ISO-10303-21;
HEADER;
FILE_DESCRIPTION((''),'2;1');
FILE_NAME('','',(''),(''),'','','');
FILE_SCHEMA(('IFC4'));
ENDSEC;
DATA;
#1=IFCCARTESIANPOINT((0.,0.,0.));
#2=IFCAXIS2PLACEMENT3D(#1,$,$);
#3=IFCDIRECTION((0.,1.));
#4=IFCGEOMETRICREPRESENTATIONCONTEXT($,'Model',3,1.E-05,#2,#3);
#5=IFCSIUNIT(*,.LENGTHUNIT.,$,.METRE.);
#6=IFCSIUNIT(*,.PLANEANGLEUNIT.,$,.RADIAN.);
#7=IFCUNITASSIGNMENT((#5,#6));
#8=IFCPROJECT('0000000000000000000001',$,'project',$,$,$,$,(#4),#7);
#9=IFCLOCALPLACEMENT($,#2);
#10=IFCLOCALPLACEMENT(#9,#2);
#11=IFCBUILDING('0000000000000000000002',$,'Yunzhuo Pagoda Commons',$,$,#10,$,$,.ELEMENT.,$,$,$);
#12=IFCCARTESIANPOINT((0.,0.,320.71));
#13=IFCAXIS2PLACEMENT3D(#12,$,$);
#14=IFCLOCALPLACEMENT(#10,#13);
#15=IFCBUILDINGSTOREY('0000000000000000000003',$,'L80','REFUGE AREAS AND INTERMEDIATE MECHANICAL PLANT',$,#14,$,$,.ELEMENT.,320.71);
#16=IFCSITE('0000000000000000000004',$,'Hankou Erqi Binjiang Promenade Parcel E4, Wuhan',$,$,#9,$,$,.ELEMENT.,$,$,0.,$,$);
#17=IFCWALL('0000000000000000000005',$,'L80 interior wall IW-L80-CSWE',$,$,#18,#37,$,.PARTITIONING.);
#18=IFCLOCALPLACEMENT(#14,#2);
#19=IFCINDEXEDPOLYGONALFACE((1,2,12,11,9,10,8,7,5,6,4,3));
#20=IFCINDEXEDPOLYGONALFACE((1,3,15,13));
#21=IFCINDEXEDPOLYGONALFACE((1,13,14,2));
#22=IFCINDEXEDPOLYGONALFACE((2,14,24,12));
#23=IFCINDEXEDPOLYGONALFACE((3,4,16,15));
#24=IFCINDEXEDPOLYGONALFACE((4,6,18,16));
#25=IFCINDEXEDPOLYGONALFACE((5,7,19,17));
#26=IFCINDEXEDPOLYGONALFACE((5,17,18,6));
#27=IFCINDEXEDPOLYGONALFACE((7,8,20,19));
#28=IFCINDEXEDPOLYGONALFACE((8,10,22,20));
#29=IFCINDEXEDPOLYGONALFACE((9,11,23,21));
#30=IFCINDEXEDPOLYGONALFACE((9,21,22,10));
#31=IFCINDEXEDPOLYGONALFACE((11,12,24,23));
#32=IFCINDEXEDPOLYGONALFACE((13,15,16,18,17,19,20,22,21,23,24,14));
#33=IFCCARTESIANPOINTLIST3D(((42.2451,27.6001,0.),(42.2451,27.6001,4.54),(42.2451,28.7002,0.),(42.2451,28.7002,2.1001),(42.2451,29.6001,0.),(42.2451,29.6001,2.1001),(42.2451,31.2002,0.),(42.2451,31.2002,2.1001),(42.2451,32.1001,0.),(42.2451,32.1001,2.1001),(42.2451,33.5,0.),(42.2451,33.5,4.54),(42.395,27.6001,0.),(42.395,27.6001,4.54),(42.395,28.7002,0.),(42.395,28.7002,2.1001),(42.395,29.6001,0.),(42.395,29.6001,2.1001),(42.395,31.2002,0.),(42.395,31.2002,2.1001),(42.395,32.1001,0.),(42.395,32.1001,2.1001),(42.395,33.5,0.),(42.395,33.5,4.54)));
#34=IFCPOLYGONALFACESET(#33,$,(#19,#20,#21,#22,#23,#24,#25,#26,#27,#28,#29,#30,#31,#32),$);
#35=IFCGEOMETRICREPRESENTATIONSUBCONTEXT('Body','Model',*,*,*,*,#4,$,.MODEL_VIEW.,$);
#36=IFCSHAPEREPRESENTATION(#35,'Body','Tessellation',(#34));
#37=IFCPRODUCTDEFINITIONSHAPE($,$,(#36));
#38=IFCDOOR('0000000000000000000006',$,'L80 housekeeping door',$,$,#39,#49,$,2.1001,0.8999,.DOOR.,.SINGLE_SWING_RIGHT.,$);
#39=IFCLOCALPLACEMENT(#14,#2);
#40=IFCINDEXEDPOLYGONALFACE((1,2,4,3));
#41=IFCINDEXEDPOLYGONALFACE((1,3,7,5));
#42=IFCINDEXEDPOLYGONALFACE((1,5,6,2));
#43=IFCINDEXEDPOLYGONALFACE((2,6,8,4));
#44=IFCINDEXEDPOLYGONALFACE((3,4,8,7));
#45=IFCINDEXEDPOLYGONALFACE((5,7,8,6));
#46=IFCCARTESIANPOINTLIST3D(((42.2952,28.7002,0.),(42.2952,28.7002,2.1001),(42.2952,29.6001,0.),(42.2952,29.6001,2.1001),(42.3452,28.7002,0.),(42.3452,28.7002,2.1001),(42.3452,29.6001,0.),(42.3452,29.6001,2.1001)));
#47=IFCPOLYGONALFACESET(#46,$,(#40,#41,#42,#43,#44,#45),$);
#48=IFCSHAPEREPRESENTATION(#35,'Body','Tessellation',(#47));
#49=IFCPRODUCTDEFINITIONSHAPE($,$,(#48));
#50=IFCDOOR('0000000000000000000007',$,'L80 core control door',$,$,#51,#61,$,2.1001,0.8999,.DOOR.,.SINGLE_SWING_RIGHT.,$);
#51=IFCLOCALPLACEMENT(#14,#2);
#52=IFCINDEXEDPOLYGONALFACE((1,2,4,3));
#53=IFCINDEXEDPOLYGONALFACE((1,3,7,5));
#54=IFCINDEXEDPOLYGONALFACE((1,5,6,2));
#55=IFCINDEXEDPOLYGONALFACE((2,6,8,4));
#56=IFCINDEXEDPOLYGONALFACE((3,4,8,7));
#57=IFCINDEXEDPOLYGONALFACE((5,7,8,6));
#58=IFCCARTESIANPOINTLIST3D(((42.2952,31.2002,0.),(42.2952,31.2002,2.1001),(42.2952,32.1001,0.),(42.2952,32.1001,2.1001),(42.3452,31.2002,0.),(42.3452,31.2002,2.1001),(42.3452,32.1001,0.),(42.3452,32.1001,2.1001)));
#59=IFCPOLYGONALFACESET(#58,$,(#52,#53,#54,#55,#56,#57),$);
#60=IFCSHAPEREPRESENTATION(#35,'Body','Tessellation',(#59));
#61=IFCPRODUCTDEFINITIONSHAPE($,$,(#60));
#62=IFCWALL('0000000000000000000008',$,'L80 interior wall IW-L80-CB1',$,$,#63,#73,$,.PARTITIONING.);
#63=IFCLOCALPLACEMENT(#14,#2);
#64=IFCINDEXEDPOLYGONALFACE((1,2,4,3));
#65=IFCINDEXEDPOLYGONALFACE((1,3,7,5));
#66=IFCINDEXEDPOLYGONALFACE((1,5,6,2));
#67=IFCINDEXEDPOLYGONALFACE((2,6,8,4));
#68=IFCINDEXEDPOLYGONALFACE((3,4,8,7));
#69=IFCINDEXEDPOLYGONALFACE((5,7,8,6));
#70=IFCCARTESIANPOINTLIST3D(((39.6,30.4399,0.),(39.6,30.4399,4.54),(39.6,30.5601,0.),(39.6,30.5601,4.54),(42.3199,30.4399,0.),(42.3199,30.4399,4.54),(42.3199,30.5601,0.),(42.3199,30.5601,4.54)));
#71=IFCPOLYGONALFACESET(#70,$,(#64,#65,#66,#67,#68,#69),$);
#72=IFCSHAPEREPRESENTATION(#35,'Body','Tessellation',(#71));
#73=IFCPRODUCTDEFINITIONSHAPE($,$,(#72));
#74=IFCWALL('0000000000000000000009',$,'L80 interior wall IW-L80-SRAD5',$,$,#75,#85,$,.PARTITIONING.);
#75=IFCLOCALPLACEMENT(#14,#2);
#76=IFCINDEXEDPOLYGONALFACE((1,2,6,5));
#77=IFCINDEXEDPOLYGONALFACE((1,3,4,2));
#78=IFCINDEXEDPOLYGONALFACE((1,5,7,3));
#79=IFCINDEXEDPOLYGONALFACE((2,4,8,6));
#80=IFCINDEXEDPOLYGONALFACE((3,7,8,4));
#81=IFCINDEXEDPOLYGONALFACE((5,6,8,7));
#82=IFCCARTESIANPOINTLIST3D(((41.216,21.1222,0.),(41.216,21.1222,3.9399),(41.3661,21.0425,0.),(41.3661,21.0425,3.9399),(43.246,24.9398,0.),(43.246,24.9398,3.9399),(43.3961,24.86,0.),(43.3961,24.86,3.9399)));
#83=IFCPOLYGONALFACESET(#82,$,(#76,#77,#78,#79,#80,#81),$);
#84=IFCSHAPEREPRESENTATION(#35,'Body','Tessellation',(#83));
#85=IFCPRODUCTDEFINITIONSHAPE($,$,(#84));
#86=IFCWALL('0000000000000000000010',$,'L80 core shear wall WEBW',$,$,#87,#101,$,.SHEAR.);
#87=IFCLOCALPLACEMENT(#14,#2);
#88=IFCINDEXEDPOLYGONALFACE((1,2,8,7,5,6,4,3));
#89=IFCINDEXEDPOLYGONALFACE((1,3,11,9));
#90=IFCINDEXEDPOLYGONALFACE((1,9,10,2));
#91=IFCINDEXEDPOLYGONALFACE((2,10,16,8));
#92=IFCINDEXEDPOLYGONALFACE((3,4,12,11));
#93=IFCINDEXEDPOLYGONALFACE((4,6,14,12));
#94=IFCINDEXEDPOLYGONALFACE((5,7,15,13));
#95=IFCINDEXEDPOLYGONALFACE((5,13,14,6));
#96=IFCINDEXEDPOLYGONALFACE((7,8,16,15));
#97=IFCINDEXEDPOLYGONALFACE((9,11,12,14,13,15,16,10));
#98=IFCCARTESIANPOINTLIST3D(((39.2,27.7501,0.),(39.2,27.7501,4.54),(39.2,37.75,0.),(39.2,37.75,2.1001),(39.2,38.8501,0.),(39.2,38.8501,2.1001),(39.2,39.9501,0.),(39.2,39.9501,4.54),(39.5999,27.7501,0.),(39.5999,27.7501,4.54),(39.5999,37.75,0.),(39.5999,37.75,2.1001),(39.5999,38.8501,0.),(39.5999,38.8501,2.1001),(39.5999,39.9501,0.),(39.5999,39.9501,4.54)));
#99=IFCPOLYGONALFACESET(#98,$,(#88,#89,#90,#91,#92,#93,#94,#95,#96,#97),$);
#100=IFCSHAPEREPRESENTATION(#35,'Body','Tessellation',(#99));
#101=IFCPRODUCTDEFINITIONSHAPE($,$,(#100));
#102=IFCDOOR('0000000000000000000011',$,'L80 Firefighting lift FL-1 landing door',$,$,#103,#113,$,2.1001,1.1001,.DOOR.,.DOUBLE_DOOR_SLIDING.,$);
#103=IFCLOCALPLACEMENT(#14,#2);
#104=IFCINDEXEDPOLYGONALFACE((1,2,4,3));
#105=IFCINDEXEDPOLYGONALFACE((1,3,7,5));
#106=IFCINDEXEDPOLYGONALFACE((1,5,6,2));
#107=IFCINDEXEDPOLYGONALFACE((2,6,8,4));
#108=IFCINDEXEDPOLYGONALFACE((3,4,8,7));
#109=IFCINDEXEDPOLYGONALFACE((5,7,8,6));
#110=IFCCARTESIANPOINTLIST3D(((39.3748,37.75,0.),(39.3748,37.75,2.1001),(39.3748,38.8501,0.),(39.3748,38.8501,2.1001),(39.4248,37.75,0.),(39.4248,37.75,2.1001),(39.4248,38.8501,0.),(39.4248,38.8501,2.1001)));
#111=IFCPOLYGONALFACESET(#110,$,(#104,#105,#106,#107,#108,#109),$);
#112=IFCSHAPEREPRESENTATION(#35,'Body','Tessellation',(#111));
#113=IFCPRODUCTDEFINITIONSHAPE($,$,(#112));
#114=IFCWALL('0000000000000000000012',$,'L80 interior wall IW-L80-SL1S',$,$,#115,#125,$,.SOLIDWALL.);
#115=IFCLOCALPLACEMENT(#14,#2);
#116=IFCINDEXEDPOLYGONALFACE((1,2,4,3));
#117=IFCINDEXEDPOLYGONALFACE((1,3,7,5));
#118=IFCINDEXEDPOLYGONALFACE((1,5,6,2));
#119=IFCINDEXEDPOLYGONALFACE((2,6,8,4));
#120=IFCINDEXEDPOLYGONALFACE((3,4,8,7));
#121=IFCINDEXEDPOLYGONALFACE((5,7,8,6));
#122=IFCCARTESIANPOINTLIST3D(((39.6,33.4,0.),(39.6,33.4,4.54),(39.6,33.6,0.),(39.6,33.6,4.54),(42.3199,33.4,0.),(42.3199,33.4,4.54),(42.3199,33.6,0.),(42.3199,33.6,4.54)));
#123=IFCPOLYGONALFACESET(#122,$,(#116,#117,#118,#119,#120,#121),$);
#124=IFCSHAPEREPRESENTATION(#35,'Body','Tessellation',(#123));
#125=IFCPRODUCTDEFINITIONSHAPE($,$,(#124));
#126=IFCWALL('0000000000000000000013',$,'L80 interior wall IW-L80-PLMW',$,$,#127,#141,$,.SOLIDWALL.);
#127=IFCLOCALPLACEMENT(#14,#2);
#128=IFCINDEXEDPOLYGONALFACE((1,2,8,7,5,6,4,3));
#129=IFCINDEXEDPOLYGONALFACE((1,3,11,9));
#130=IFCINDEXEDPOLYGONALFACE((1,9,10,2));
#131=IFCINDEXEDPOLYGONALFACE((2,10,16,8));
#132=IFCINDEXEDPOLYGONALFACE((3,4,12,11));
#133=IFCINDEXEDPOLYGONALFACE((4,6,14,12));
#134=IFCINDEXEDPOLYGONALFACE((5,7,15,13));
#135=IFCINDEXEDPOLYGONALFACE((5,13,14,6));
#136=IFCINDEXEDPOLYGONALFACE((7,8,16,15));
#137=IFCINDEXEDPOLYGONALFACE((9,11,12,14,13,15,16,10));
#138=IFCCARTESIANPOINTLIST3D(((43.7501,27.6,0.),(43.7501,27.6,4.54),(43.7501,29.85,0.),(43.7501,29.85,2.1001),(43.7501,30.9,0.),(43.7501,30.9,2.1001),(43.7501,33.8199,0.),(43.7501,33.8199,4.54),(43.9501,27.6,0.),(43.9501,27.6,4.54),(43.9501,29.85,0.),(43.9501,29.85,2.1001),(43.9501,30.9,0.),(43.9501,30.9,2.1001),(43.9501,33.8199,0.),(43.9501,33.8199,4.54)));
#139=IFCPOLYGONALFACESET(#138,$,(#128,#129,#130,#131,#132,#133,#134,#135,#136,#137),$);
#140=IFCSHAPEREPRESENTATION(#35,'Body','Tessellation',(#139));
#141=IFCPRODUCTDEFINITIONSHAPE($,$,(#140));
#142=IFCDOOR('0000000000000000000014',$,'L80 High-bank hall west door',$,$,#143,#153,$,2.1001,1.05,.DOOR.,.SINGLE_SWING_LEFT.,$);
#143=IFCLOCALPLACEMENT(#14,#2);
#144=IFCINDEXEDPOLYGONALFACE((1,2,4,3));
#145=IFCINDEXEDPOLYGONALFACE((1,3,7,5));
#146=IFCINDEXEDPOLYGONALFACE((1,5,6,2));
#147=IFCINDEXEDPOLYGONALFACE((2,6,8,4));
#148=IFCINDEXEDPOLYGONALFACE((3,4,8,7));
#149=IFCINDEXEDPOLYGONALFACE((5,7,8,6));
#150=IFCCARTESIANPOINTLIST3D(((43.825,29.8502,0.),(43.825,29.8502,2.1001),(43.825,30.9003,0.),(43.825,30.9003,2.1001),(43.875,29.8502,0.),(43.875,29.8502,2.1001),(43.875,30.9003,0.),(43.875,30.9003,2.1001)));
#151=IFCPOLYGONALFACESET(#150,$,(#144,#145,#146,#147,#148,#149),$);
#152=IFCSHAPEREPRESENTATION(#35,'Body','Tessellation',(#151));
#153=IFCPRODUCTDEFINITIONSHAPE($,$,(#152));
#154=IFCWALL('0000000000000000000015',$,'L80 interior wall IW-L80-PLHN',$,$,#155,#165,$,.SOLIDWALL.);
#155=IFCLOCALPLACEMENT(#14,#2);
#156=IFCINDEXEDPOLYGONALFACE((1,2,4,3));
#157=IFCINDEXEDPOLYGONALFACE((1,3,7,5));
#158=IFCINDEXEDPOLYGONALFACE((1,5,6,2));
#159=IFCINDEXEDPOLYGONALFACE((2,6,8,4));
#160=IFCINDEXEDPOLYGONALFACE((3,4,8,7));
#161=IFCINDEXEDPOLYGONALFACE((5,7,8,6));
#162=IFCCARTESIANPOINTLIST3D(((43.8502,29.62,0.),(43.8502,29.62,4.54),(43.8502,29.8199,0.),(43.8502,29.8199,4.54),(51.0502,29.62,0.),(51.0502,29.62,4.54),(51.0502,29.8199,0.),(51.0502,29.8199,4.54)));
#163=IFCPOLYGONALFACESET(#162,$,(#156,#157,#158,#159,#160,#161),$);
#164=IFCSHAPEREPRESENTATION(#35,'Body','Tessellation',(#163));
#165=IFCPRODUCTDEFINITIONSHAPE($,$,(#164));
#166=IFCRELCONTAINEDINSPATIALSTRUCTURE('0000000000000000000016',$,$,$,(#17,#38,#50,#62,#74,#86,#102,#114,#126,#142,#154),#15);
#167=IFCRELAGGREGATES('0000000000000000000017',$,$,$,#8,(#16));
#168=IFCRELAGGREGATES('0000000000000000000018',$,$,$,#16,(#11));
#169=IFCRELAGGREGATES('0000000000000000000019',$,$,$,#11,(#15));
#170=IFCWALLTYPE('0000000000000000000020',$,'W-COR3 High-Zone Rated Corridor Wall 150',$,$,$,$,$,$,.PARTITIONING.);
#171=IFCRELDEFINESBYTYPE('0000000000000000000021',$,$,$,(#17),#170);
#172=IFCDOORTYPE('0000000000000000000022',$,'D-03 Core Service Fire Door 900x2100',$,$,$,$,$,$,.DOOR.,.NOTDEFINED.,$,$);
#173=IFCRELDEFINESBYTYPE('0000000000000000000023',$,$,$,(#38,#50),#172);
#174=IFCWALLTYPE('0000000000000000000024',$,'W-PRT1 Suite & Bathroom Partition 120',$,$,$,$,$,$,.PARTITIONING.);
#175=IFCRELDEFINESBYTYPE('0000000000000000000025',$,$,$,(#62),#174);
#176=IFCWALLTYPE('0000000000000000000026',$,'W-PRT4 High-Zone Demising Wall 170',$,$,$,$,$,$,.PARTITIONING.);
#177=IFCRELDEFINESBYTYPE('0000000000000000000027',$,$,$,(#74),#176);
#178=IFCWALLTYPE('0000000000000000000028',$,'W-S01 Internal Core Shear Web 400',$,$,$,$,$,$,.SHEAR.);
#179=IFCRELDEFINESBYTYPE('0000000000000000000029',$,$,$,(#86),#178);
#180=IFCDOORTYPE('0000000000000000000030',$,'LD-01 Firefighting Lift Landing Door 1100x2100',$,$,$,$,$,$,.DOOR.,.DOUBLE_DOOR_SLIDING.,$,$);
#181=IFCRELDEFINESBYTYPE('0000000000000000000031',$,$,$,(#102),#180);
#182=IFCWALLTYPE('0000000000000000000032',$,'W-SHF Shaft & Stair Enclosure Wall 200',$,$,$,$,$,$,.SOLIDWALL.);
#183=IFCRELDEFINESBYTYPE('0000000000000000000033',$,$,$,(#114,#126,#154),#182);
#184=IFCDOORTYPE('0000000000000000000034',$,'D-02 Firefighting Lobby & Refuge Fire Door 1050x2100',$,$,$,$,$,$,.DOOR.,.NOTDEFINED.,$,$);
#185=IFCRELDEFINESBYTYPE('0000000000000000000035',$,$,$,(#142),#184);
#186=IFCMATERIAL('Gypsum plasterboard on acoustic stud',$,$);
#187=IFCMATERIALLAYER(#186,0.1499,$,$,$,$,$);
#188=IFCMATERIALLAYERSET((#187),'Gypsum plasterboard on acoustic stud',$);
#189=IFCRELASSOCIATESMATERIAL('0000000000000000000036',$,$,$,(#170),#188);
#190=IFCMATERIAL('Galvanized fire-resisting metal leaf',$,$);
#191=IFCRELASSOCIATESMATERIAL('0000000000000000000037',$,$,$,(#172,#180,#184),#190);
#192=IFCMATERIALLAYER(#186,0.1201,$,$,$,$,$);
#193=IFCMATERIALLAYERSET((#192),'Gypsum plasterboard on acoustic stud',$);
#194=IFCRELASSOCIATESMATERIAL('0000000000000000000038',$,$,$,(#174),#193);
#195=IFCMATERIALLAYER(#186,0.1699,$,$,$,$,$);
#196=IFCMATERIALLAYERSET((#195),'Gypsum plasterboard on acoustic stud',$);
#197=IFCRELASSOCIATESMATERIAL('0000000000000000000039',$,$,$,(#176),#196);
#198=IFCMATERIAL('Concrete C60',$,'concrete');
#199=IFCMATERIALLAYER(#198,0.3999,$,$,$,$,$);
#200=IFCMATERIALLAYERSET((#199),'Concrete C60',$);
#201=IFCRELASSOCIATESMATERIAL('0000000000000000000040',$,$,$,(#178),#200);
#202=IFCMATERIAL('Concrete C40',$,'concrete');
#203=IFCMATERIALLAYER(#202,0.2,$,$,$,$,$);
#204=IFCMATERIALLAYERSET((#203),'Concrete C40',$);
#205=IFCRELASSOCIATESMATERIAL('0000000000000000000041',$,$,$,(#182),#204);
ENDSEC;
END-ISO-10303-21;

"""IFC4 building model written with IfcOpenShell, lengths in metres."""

from ifc_helpers import new_model, si_unit, direction, frame, frame_2d, origin, origin_with_axes, place, context, subcontext, project, spatial, rectangle, extrude, source, transform, mapped, material, layer, layer_set, type_object, element, fill, save


model = new_model("IFC4")

# Units and contexts
model_context = context("Model", 3, precision=1e-05, world=origin(), true_north=direction((0.0, 1.0)))
body_context = subcontext(model_context, "Body", "Model", "MODEL_VIEW")
ifc_project = project(units=[si_unit("LENGTHUNIT", "METRE"), si_unit("PLANEANGLEUNIT", "RADIAN")], contexts=[model_context])

# Site, building, storey
site_placement = place(None, origin())
site = spatial("IfcSite", under=ifc_project, at=site_placement, Name="Hankou Erqi Binjiang Promenade Parcel E4, Wuhan", CompositionType="ELEMENT", RefElevation=0.0)
building_placement = place(site_placement, origin())
building = spatial("IfcBuilding", under=site, at=building_placement, Name="Yunzhuo Pagoda Commons", CompositionType="ELEMENT")
storey_placement = place(building_placement, frame((0.0, 0.0, 320.71)))
storey = spatial("IfcBuildingStorey", under=building, at=storey_placement, Name="L80", Description="REFUGE AREAS AND INTERMEDIATE MECHANICAL PLANT", CompositionType="ELEMENT", Elevation=320.71)

# Wall, openings, doors
ifc_material_1 = material(Name="Gypsum plasterboard on acoustic stud")
ifc_layer_1 = layer(ifc_material_1, 0.1499)
ifc_layer_set_1 = layer_set([ifc_layer_1], Name="Gypsum plasterboard on acoustic stud")
wall_type_1 = type_object("IfcWallType", Name="W-COR3 High-Zone Rated Corridor Wall 150", PredefinedType="PARTITIONING", material=ifc_layer_set_1)
wall_1_placement = place(storey_placement, frame((42.3201, 27.6001, 0.0), z_axis=(0.0, 0.0, 1.0), x_axis=(0.0, 1.0, 0.0)))
wall_1 = element("IfcWall", 1, at=wall_1_placement, inside=storey, type_object=wall_type_1, Name="L80 interior wall IW-L80-CSWE", PredefinedType="PARTITIONING", context=body_context, shape_type="SweptSolid", body=[
    extrude(rectangle(XDim=5.8999, YDim=0.1499, at=frame_2d((2.95, 0.0))), origin(), (0.0, 0.0, 1.0), 4.54),
])
opening_1_placement = place(wall_1_placement, frame((1.1001, 0.0, 0.0)))
opening_1 = element("IfcOpeningElement", 2, at=opening_1_placement, cuts=wall_1, PredefinedType="OPENING", context=body_context, shape_type="SweptSolid", body=[
    extrude(rectangle(XDim=0.8999, YDim=2.1001, at=frame_2d((0.45, 1.05))), frame((0.0, 0.085, 0.0), z_axis=(0.0, -1.0, 0.0), x_axis=(1.0, 0.0, 0.0)), (0.0, 0.0, 1.0), 0.1699),
])
opening_2_placement = place(wall_1_placement, frame((3.6001, 0.0, 0.0)))
opening_2 = element("IfcOpeningElement", 3, at=opening_2_placement, cuts=wall_1, PredefinedType="OPENING", context=body_context, shape_type="SweptSolid", body=[
    extrude(rectangle(XDim=0.8999, YDim=2.1001, at=frame_2d((0.45, 1.05))), frame((0.0, 0.085, 0.0), z_axis=(0.0, -1.0, 0.0), x_axis=(1.0, 0.0, 0.0)), (0.0, 0.0, 1.0), 0.1699),
])
ifc_material_2 = material(Name="Galvanized fire-resisting metal leaf")
door_type_1 = type_object("IfcDoorType", Name="D-03 Core Service Fire Door 900x2100", OperationType="NOTDEFINED", PredefinedType="DOOR", material=ifc_material_2)
shared_shape_1 = source(origin(), body_context, "Body", "SweptSolid", [
    extrude(rectangle(XDim=0.8999, YDim=2.1001, at=frame_2d((0.45, 1.05))), frame((0.0, 0.0249, 0.0), z_axis=(0.0, -1.0, 0.0), x_axis=(1.0, 0.0, 0.0)), (0.0, 0.0, 1.0), 0.05),
])
door_1_placement = place(opening_1_placement, origin_with_axes())
door_1 = element("IfcDoor", 4, at=door_1_placement, inside=storey, type_object=door_type_1, Name="L80 housekeeping door", OperationType="SINGLE_SWING_RIGHT", OverallHeight=2.1001, OverallWidth=0.8999, PredefinedType="DOOR", context=body_context, shape_type="MappedRepresentation", body=[
    mapped(shared_shape_1, transform((0.0, 0.0, 0.0), scale=1.0)),
])
fill(opening_1, door_1)
door_2_placement = place(opening_2_placement, origin_with_axes())
door_2 = element("IfcDoor", 5, at=door_2_placement, inside=storey, type_object=door_type_1, Name="L80 core control door", OperationType="SINGLE_SWING_RIGHT", OverallHeight=2.1001, OverallWidth=0.8999, PredefinedType="DOOR", context=body_context, shape_type="MappedRepresentation", body=[
    mapped(shared_shape_1, transform((0.0, 0.0, 0.0), scale=1.0)),
])
fill(opening_2, door_2)

# Walls
ifc_layer_2 = layer(ifc_material_1, 0.1201)
ifc_layer_set_2 = layer_set([ifc_layer_2], Name="Gypsum plasterboard on acoustic stud")
wall_type_2 = type_object("IfcWallType", Name="W-PRT1 Suite & Bathroom Partition 120", PredefinedType="PARTITIONING", material=ifc_layer_set_2)
wall_2_placement = place(storey_placement, frame((39.6001, 30.5, 0.0), z_axis=(0.0, 0.0, 1.0), x_axis=(1.0, 0.0, 0.0)))
element("IfcWall", 6, at=wall_2_placement, inside=storey, type_object=wall_type_2, Name="L80 interior wall IW-L80-CB1", PredefinedType="PARTITIONING", context=body_context, shape_type="SweptSolid", body=[
    extrude(rectangle(XDim=2.72, YDim=0.1201, at=frame_2d((1.3599, 0.0))), origin(), (0.0, 0.0, 1.0), 4.54),
])
ifc_layer_3 = layer(ifc_material_1, 0.1699)
ifc_layer_set_3 = layer_set([ifc_layer_3], Name="Gypsum plasterboard on acoustic stud")
wall_type_3 = type_object("IfcWallType", Name="W-PRT4 High-Zone Demising Wall 170", PredefinedType="PARTITIONING", material=ifc_layer_set_3)
wall_3_placement = place(storey_placement, frame((43.321, 24.8999, 0.0), z_axis=(0.0, 0.0, 1.0), x_axis=(-0.469501, -0.882932, 0.0)))
element("IfcWall", 7, at=wall_3_placement, inside=storey, type_object=wall_type_3, Name="L80 interior wall IW-L80-SRAD5", PredefinedType="PARTITIONING", context=body_context, shape_type="SweptSolid", body=[
    extrude(rectangle(XDim=4.3237, YDim=0.1699, at=frame_2d((2.1619, 0.0))), origin(), (0.0, 0.0, 1.0), 3.9399),
])

# Wall, opening, door
ifc_material_3 = material(Name="Concrete C60", Category="concrete")
ifc_layer_4 = layer(ifc_material_3, 0.3999)
ifc_layer_set_4 = layer_set([ifc_layer_4], Name="Concrete C60")
wall_type_4 = type_object("IfcWallType", Name="W-S01 Internal Core Shear Web 400", PredefinedType="SHEAR", material=ifc_layer_set_4)
wall_4_placement = place(storey_placement, frame((39.3999, 27.75, 0.0), z_axis=(0.0, 0.0, 1.0), x_axis=(0.0, 1.0, 0.0)))
wall_4 = element("IfcWall", 8, at=wall_4_placement, inside=storey, type_object=wall_type_4, Name="L80 core shear wall WEBW", PredefinedType="SHEAR", context=body_context, shape_type="SweptSolid", body=[
    extrude(rectangle(XDim=12.2, YDim=0.3999, at=frame_2d((6.1001, 0.0))), origin(), (0.0, 0.0, 1.0), 4.54),
])
opening_3_placement = place(wall_4_placement, frame((10.0, 0.0, 0.0)))
opening_3 = element("IfcOpeningElement", 9, at=opening_3_placement, cuts=wall_4, PredefinedType="OPENING", context=body_context, shape_type="SweptSolid", body=[
    extrude(rectangle(XDim=1.1001, YDim=2.1001, at=frame_2d((0.55, 1.05))), frame((0.0, 0.21, 0.0), z_axis=(0.0, -1.0, 0.0), x_axis=(1.0, 0.0, 0.0)), (0.0, 0.0, 1.0), 0.4199),
])
door_type_2 = type_object("IfcDoorType", Name="LD-01 Firefighting Lift Landing Door 1100x2100", OperationType="DOUBLE_DOOR_SLIDING", PredefinedType="DOOR", material=ifc_material_2)
shared_shape_2 = source(origin(), body_context, "Body", "SweptSolid", [
    extrude(rectangle(XDim=1.1001, YDim=2.1001, at=frame_2d((0.55, 1.05))), frame((0.0, 0.0249, 0.0), z_axis=(0.0, -1.0, 0.0), x_axis=(1.0, 0.0, 0.0)), (0.0, 0.0, 1.0), 0.05),
])
door_3_placement = place(opening_3_placement, frame((1.1001, 0.0, 0.0), z_axis=(0.0, 0.0, 1.0), x_axis=(-1.0, 0.0, 0.0)))
door_3 = element("IfcDoor", 10, at=door_3_placement, inside=storey, type_object=door_type_2, Name="L80 Firefighting lift FL-1 landing door", OperationType="DOUBLE_DOOR_SLIDING", OverallHeight=2.1001, OverallWidth=1.1001, PredefinedType="DOOR", context=body_context, shape_type="MappedRepresentation", body=[
    mapped(shared_shape_2, transform((0.0, 0.0, 0.0), scale=1.0)),
])
fill(opening_3, door_3)

# Wall
ifc_material_4 = material(Name="Concrete C40", Category="concrete")
ifc_layer_5 = layer(ifc_material_4, 0.2)
ifc_layer_set_5 = layer_set([ifc_layer_5], Name="Concrete C40")
wall_type_5 = type_object("IfcWallType", Name="W-SHF Shaft & Stair Enclosure Wall 200", PredefinedType="SOLIDWALL", material=ifc_layer_set_5)
wall_5_placement = place(storey_placement, frame((39.6001, 33.5, 0.0), z_axis=(0.0, 0.0, 1.0), x_axis=(1.0, 0.0, 0.0)))
element("IfcWall", 11, at=wall_5_placement, inside=storey, type_object=wall_type_5, Name="L80 interior wall IW-L80-SL1S", PredefinedType="SOLIDWALL", context=body_context, shape_type="SweptSolid", body=[
    extrude(rectangle(XDim=2.72, YDim=0.2, at=frame_2d((1.3599, 0.0))), origin(), (0.0, 0.0, 1.0), 4.54),
])

# Wall, opening, door
wall_6_placement = place(storey_placement, frame((43.8501, 27.6001, 0.0), z_axis=(0.0, 0.0, 1.0), x_axis=(0.0, 1.0, 0.0)))
wall_6 = element("IfcWall", 12, at=wall_6_placement, inside=storey, type_object=wall_type_5, Name="L80 interior wall IW-L80-PLMW", PredefinedType="SOLIDWALL", context=body_context, shape_type="SweptSolid", body=[
    extrude(rectangle(XDim=6.22, YDim=0.2, at=frame_2d((3.1099, 0.0))), origin(), (0.0, 0.0, 1.0), 4.54),
])
opening_4_placement = place(wall_6_placement, frame((2.25, 0.0, 0.0)))
opening_4 = element("IfcOpeningElement", 13, at=opening_4_placement, cuts=wall_6, PredefinedType="OPENING", context=body_context, shape_type="SweptSolid", body=[
    extrude(rectangle(XDim=1.05, YDim=2.1001, at=frame_2d((0.5249, 1.05))), frame((0.0, 0.1099, 0.0), z_axis=(0.0, -1.0, 0.0), x_axis=(1.0, 0.0, 0.0)), (0.0, 0.0, 1.0), 0.22),
])
door_type_3 = type_object("IfcDoorType", Name="D-02 Firefighting Lobby & Refuge Fire Door 1050x2100", OperationType="NOTDEFINED", PredefinedType="DOOR", material=ifc_material_2)
shared_shape_3 = source(origin(), body_context, "Body", "SweptSolid", [
    extrude(rectangle(XDim=1.05, YDim=2.1001, at=frame_2d((0.5249, 1.05))), frame((0.0, 0.0249, 0.0), z_axis=(0.0, -1.0, 0.0), x_axis=(1.0, 0.0, 0.0)), (0.0, 0.0, 1.0), 0.05),
])
door_4_placement = place(opening_4_placement, frame((1.05, 0.0, 0.0), z_axis=(0.0, 0.0, 1.0), x_axis=(-1.0, 0.0, 0.0)))
door_4 = element("IfcDoor", 14, at=door_4_placement, inside=storey, type_object=door_type_3, Name="L80 High-bank hall west door", OperationType="SINGLE_SWING_LEFT", OverallHeight=2.1001, OverallWidth=1.05, PredefinedType="DOOR", context=body_context, shape_type="MappedRepresentation", body=[
    mapped(shared_shape_3, transform((0.0, 0.0, 0.0), scale=1.0)),
])
fill(opening_4, door_4)

# Wall
wall_7_placement = place(storey_placement, frame((43.8501, 29.72, 0.0), z_axis=(0.0, 0.0, 1.0), x_axis=(1.0, 0.0, 0.0)))
element("IfcWall", 15, at=wall_7_placement, inside=storey, type_object=wall_type_5, Name="L80 interior wall IW-L80-PLHN", PredefinedType="SOLIDWALL", context=body_context, shape_type="SweptSolid", body=[
    extrude(rectangle(XDim=7.2, YDim=0.2, at=frame_2d((3.6001, 0.0))), origin(), (0.0, 0.0, 1.0), 4.54),
])

save(model, "model.ifc")
